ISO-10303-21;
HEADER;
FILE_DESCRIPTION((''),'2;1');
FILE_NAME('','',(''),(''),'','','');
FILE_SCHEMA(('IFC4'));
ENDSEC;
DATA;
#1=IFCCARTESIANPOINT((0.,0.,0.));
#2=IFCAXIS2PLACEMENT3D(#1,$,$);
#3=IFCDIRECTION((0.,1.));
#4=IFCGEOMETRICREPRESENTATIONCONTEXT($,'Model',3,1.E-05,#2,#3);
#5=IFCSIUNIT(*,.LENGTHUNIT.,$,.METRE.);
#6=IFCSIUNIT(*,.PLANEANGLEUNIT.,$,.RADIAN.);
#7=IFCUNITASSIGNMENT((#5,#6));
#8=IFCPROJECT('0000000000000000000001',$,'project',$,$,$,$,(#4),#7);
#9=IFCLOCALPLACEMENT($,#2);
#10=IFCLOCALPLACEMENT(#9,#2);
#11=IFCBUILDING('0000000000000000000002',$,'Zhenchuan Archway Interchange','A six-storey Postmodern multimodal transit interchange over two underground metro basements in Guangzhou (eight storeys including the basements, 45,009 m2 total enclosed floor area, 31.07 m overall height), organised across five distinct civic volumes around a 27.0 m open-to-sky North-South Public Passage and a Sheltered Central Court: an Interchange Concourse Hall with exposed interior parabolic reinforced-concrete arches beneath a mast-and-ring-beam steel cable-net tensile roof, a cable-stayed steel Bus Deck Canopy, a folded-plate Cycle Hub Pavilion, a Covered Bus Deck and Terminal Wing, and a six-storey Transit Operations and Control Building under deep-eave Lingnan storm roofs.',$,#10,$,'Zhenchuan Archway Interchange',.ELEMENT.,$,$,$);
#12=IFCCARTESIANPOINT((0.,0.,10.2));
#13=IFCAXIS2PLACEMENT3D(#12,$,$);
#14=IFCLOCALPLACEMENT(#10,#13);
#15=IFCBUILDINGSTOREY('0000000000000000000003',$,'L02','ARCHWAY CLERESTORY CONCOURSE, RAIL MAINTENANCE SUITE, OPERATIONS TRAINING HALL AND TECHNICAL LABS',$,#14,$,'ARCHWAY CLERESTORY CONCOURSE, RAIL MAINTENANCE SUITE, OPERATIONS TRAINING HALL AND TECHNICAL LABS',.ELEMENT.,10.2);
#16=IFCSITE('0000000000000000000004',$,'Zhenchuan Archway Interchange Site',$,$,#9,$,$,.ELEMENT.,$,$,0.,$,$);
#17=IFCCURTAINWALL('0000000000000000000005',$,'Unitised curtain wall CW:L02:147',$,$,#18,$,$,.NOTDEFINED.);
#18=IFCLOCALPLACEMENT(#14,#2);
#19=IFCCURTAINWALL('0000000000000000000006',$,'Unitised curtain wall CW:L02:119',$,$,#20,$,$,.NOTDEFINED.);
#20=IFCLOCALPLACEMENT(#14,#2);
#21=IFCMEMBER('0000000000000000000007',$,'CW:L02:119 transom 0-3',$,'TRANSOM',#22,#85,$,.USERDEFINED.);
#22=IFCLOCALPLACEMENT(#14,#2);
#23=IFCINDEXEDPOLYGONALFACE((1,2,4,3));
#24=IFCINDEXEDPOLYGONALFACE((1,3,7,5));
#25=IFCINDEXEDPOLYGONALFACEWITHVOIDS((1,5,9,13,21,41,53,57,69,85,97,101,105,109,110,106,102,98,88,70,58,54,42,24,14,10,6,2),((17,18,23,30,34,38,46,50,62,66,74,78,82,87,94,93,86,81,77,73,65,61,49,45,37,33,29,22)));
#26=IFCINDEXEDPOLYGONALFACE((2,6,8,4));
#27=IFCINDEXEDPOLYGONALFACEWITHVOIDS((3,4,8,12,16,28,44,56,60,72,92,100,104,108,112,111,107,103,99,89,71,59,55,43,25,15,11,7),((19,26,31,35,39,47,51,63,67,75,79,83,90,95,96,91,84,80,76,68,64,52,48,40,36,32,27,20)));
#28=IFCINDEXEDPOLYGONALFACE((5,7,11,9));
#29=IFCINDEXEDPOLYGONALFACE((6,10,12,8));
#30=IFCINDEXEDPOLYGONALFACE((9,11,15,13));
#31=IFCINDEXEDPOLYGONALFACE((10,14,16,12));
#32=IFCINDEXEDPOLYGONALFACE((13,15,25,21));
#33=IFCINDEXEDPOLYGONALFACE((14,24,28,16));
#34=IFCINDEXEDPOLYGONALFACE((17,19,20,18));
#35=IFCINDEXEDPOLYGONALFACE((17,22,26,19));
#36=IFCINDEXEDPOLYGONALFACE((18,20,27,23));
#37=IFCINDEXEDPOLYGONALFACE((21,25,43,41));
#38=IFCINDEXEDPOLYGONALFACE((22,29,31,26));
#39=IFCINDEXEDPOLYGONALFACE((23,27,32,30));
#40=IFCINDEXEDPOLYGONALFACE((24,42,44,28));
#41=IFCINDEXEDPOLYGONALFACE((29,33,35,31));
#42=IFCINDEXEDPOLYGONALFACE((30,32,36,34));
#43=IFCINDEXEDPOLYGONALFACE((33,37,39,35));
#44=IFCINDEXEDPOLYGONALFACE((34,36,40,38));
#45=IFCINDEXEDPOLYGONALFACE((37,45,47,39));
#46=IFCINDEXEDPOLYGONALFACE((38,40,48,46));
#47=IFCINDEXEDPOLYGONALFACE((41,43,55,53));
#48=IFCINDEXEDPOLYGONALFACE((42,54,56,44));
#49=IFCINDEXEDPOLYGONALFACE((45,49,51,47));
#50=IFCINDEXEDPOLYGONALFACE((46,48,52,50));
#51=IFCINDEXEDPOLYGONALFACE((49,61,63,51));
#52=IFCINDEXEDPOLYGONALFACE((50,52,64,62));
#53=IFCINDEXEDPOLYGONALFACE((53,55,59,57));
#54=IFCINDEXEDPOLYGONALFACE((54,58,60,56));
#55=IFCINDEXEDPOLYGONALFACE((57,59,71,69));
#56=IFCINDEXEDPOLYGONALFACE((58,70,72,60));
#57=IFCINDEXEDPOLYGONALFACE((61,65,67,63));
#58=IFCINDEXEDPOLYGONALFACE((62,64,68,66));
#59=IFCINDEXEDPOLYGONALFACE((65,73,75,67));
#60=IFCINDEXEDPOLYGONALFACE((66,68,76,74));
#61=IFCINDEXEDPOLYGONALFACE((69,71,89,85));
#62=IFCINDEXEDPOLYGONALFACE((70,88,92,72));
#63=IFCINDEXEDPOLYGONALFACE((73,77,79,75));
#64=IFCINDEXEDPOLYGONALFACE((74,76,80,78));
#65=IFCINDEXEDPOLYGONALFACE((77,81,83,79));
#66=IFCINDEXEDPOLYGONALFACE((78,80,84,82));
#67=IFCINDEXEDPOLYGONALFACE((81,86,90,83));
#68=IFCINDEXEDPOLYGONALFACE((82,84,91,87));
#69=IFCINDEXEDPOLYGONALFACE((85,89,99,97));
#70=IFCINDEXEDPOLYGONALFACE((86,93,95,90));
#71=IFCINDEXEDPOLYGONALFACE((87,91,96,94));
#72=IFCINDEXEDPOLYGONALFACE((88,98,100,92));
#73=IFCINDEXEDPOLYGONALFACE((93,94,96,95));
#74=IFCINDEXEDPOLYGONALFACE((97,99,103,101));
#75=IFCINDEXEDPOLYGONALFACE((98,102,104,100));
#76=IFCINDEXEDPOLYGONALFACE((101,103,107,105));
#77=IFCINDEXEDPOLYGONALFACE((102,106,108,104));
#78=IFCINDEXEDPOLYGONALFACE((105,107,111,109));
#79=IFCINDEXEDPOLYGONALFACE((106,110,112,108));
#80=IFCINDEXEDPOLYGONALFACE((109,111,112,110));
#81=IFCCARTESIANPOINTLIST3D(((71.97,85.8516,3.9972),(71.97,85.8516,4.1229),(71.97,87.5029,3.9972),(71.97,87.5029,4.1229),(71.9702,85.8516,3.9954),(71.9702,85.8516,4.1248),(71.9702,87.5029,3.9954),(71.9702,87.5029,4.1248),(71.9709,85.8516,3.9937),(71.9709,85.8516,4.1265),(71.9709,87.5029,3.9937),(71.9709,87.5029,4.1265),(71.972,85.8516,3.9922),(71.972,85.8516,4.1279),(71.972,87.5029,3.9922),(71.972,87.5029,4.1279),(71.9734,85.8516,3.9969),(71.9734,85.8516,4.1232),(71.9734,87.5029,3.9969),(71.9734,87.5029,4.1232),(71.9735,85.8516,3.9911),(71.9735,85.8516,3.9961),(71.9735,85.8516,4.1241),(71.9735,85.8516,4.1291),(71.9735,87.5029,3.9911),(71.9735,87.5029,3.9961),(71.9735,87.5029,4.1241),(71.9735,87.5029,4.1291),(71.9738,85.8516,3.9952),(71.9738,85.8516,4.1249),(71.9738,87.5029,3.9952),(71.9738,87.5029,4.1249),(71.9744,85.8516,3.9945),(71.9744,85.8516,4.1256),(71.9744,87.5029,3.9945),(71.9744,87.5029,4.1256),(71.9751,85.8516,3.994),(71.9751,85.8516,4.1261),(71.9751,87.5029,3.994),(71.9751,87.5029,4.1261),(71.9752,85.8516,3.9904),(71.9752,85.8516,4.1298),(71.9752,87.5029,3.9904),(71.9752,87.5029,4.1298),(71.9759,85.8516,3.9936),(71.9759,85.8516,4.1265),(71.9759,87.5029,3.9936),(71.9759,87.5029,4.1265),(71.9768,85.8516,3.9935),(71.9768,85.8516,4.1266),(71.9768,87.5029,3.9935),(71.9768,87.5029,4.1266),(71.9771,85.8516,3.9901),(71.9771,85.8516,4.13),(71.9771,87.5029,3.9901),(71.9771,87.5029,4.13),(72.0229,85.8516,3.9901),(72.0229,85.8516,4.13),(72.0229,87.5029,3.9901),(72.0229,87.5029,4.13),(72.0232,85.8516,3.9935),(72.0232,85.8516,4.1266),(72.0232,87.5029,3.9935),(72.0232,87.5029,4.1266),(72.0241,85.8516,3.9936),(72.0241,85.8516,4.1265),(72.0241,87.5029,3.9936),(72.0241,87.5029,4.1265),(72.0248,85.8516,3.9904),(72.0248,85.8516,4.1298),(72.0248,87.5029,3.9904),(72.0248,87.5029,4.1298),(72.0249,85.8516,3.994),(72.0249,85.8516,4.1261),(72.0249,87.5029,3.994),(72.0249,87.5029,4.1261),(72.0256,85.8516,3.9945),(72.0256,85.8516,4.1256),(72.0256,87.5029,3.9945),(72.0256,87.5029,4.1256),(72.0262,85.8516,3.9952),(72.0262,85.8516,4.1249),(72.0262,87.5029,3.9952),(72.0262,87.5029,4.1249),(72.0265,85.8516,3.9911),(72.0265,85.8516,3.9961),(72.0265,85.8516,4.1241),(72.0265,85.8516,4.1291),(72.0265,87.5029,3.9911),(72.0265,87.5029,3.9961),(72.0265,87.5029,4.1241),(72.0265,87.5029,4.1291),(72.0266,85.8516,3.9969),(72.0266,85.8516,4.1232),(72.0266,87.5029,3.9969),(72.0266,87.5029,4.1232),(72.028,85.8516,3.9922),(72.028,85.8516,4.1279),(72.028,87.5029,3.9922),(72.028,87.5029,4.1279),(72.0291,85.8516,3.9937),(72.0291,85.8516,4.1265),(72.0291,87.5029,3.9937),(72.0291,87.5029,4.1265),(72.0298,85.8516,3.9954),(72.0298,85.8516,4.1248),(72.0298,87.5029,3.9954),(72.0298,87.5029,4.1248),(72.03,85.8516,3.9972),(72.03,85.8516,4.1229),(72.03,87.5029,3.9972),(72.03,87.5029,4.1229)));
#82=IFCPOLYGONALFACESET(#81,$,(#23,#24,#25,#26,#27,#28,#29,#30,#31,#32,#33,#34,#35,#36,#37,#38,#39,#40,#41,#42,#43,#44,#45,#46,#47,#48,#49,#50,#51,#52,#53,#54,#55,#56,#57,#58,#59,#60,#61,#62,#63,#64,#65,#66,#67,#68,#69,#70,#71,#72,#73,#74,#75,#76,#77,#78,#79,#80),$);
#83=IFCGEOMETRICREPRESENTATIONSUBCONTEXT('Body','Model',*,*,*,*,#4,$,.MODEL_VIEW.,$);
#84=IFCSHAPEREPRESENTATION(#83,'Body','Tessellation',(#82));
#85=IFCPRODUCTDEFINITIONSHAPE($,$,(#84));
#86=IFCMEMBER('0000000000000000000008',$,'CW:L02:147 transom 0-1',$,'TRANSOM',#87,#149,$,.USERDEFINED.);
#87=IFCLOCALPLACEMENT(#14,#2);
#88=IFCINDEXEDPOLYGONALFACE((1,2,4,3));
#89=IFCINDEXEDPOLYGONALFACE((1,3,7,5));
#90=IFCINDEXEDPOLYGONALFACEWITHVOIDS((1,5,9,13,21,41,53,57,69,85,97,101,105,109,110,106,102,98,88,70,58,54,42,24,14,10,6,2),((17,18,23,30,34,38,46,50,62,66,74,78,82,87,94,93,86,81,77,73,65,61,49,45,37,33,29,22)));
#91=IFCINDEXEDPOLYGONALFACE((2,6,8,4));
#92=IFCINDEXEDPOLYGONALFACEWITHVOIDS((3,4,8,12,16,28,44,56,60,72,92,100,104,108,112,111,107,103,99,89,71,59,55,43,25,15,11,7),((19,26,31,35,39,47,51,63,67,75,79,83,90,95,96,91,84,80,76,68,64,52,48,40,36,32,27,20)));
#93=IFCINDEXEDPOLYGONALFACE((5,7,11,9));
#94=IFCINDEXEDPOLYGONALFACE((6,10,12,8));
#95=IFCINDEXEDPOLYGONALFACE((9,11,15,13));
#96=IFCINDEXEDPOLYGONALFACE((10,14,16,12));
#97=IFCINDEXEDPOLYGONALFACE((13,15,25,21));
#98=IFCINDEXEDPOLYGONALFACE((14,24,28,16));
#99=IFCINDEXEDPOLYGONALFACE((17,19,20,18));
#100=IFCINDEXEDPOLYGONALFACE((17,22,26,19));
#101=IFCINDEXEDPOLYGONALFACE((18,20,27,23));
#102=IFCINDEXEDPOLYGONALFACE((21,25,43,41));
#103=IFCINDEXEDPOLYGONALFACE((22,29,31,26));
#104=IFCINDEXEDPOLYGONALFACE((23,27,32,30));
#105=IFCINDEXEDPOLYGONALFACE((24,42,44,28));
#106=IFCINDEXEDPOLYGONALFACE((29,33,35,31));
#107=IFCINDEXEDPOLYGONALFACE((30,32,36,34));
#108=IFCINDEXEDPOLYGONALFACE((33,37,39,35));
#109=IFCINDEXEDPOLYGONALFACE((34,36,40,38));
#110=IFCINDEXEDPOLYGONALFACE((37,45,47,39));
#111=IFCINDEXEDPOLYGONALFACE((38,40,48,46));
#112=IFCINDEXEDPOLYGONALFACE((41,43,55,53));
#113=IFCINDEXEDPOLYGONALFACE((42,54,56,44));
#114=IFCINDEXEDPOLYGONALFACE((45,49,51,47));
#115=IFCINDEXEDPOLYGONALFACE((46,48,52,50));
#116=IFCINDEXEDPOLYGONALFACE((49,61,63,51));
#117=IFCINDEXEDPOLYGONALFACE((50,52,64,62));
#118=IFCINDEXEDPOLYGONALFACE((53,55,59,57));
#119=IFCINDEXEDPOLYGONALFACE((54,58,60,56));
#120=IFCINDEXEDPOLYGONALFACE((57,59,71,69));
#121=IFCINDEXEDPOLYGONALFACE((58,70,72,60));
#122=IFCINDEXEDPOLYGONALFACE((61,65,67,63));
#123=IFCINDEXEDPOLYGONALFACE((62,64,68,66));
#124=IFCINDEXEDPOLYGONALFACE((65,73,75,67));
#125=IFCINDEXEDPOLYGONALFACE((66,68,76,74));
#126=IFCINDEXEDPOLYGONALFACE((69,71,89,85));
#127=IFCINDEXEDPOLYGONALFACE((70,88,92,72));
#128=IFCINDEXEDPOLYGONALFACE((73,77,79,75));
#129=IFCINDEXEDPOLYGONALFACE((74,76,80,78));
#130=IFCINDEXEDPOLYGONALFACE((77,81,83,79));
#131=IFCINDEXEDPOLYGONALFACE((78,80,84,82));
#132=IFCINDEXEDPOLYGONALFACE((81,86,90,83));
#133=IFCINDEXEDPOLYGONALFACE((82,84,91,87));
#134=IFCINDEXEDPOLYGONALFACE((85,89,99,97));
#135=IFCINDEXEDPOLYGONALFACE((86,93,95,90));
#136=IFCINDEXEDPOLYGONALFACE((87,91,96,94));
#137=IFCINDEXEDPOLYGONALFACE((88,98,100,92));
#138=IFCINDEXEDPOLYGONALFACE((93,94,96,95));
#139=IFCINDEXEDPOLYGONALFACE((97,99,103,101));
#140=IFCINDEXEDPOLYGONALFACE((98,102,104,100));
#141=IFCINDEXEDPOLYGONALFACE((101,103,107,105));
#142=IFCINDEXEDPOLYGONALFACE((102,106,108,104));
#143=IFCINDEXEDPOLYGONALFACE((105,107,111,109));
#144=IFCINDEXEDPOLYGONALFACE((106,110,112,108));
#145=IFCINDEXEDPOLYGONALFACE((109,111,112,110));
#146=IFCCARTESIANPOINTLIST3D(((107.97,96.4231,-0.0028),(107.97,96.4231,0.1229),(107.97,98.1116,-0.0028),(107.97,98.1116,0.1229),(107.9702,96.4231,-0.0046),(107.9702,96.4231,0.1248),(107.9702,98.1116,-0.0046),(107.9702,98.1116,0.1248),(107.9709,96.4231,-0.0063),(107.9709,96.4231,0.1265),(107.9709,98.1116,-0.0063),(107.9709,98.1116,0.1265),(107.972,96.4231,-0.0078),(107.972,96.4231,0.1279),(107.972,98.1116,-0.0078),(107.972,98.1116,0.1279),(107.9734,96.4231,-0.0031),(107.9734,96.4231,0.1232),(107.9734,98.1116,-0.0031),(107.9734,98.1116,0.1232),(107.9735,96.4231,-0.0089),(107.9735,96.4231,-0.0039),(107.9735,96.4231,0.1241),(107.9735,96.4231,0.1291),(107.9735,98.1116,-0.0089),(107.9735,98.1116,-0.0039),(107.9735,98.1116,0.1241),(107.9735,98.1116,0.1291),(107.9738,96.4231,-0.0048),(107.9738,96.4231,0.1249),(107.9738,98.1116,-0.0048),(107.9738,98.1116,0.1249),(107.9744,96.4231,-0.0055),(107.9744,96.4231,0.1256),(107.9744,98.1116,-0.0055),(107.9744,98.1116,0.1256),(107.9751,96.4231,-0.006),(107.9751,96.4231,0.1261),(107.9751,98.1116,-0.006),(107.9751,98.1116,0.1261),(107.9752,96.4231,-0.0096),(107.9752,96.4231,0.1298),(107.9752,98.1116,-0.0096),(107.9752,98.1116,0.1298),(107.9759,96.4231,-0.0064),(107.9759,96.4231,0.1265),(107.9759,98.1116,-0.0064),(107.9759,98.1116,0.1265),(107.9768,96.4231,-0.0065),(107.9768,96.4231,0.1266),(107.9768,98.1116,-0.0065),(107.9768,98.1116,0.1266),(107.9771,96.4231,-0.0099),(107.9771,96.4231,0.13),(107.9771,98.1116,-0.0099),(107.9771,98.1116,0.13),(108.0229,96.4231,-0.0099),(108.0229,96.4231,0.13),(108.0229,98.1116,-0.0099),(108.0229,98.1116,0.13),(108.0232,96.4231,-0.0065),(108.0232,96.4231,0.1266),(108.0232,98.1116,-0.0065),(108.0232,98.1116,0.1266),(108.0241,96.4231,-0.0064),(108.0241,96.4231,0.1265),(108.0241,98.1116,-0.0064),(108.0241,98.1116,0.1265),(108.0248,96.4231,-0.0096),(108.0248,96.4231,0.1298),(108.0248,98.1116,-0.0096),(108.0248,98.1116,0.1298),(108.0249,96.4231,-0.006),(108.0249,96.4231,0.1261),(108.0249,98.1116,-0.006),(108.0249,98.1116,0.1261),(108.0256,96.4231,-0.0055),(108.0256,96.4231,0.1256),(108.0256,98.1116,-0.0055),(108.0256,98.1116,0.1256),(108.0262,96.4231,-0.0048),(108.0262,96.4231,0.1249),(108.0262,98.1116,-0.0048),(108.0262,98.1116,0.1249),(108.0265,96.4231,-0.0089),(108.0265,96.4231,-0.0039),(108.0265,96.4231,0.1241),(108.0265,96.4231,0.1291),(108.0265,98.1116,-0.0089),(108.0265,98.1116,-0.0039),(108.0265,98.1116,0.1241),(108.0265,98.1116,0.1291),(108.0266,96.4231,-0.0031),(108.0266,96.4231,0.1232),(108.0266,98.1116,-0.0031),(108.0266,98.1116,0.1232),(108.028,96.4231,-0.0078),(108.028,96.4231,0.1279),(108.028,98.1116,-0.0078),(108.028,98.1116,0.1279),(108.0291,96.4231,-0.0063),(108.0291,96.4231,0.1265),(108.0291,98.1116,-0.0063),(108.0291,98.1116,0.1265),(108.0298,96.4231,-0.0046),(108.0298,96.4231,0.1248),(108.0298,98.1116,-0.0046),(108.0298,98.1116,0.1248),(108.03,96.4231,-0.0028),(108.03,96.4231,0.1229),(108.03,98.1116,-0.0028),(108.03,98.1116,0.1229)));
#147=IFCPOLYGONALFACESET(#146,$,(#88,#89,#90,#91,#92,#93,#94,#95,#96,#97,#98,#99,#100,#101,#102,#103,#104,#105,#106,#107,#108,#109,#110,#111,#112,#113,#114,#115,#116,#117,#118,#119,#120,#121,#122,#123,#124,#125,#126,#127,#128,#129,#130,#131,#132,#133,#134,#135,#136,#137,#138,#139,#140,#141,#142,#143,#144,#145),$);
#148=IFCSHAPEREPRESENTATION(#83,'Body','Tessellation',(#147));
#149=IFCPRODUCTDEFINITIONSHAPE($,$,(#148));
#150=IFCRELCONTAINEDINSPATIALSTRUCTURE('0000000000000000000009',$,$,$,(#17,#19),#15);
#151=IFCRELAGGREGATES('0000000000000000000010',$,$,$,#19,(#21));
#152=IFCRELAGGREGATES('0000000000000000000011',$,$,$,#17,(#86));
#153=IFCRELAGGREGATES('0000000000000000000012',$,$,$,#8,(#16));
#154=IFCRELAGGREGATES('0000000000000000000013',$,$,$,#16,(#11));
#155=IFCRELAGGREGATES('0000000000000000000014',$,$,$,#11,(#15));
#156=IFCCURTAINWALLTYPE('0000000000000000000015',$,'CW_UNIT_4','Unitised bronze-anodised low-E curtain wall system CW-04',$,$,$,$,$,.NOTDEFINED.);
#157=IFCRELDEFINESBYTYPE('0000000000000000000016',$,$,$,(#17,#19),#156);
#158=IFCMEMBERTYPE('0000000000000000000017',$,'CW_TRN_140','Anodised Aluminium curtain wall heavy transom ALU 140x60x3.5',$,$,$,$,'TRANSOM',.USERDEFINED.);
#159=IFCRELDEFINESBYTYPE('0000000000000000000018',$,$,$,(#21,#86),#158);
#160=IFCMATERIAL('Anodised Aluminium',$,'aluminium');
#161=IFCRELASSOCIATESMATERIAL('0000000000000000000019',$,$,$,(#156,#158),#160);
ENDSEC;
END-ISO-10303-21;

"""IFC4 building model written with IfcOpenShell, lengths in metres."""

from ifc_helpers import new_model, si_unit, direction, frame, origin, origin_2d, place, context, subcontext, project, spatial, hollow_rectangle, extrude, material, material_profile, profile_set, type_object, element, aggregate, save


model = new_model("IFC4")

# Units and contexts
model_context = context("Model", 3, precision=1e-05, world=origin(), true_north=direction((0.0, 1.0)))
body_context = subcontext(model_context, "Body", "Model", "MODEL_VIEW")
ifc_project = project(units=[si_unit("LENGTHUNIT", "METRE"), si_unit("PLANEANGLEUNIT", "RADIAN")], contexts=[model_context])

# Site, building, storey
site_placement = place(None, origin())
site = spatial("IfcSite", under=ifc_project, at=site_placement, Name="Zhenchuan Archway Interchange Site", CompositionType="ELEMENT", RefElevation=0.0)
building_placement = place(site_placement, origin())
building = spatial("IfcBuilding", under=site, at=building_placement, Name="Zhenchuan Archway Interchange", Description="A six-storey Postmodern multimodal transit interchange over two underground metro basements in Guangzhou (eight storeys including the basements, 45,009 m2 total enclosed floor area, 31.07 m overall height), organised across five distinct civic volumes around a 27.0 m open-to-sky North-South Public Passage and a Sheltered Central Court: an Interchange Concourse Hall with exposed interior parabolic reinforced-concrete arches beneath a mast-and-ring-beam steel cable-net tensile roof, a cable-stayed steel Bus Deck Canopy, a folded-plate Cycle Hub Pavilion, a Covered Bus Deck and Terminal Wing, and a six-storey Transit Operations and Control Building under deep-eave Lingnan storm roofs.", LongName="Zhenchuan Archway Interchange", CompositionType="ELEMENT")
storey_placement = place(building_placement, frame((0.0, 0.0, 10.2)))
storey = spatial("IfcBuildingStorey", under=building, at=storey_placement, Name="L02", Description="ARCHWAY CLERESTORY CONCOURSE, RAIL MAINTENANCE SUITE, OPERATIONS TRAINING HALL AND TECHNICAL LABS", LongName="ARCHWAY CLERESTORY CONCOURSE, RAIL MAINTENANCE SUITE, OPERATIONS TRAINING HALL AND TECHNICAL LABS", CompositionType="ELEMENT", Elevation=10.2)

# Curtain walls, member
ifc_material_1 = material(Name="Anodised Aluminium", Category="aluminium")
curtain_wall_type = type_object("IfcCurtainWallType", Name="CW_UNIT_4", Description="Unitised bronze-anodised low-E curtain wall system CW-04", PredefinedType="NOTDEFINED", material=ifc_material_1)
curtain_wall_1_placement = place(storey_placement, origin())
curtain_wall_1 = element("IfcCurtainWall", 1, at=curtain_wall_1_placement, inside=storey, type_object=curtain_wall_type, Name="Unitised curtain wall CW:L02:147", PredefinedType="NOTDEFINED")
curtain_wall_2_placement = place(storey_placement, origin())
curtain_wall_2 = element("IfcCurtainWall", 2, at=curtain_wall_2_placement, inside=storey, type_object=curtain_wall_type, Name="Unitised curtain wall CW:L02:119", PredefinedType="NOTDEFINED")
ifc_material_profile_1 = material_profile(ifc_material_1, hollow_rectangle(XDim=0.0601, YDim=0.1399, WallThickness=0.0034, InnerFilletRadius=0.0034, OuterFilletRadius=0.0071, at=origin_2d()), Name="ALU 140x60x3.5")
ifc_profile_set_1 = profile_set([ifc_material_profile_1], Name="Anodised Aluminium")
member_type_1 = type_object("IfcMemberType", Name="CW_TRN_140", Description="Anodised Aluminium curtain wall heavy transom ALU 140x60x3.5", ElementType="TRANSOM", PredefinedType="USERDEFINED", material=ifc_profile_set_1)
member_1_placement = place(storey_placement, frame((72.0, 87.5029, 4.0601), z_axis=(0.0, -1.0, 0.0), x_axis=(1.0, 0.0, 0.0)))
member_1 = element("IfcMember", 3, at=member_1_placement, type_object=member_type_1, Name="CW:L02:119 transom 0-3", ObjectType="TRANSOM", PredefinedType="USERDEFINED", context=body_context, shape_type="SweptSolid", body=[
    extrude(hollow_rectangle(XDim=0.0601, YDim=0.1399, WallThickness=0.0034, InnerFilletRadius=0.0034, OuterFilletRadius=0.0071, at=origin_2d()), origin(), (0.0, 0.0, 1.0), 1.6514),
])
aggregate(curtain_wall_2, [member_1])

# Member
member_2_placement = place(storey_placement, frame((108.0, 96.4231, 0.0601), z_axis=(0.0, 1.0, 0.0), x_axis=(-1.0, 0.0, 0.0)))
member_2 = element("IfcMember", 4, at=member_2_placement, type_object=member_type_1, Name="CW:L02:147 transom 0-1", ObjectType="TRANSOM", PredefinedType="USERDEFINED", context=body_context, shape_type="SweptSolid", body=[
    extrude(hollow_rectangle(XDim=0.0601, YDim=0.1399, WallThickness=0.0034, InnerFilletRadius=0.0034, OuterFilletRadius=0.0071, at=origin_2d()), origin(), (0.0, 0.0, 1.0), 1.6885),
])

aggregate(curtain_wall_1, [member_2])

save(model, "model.ifc")
